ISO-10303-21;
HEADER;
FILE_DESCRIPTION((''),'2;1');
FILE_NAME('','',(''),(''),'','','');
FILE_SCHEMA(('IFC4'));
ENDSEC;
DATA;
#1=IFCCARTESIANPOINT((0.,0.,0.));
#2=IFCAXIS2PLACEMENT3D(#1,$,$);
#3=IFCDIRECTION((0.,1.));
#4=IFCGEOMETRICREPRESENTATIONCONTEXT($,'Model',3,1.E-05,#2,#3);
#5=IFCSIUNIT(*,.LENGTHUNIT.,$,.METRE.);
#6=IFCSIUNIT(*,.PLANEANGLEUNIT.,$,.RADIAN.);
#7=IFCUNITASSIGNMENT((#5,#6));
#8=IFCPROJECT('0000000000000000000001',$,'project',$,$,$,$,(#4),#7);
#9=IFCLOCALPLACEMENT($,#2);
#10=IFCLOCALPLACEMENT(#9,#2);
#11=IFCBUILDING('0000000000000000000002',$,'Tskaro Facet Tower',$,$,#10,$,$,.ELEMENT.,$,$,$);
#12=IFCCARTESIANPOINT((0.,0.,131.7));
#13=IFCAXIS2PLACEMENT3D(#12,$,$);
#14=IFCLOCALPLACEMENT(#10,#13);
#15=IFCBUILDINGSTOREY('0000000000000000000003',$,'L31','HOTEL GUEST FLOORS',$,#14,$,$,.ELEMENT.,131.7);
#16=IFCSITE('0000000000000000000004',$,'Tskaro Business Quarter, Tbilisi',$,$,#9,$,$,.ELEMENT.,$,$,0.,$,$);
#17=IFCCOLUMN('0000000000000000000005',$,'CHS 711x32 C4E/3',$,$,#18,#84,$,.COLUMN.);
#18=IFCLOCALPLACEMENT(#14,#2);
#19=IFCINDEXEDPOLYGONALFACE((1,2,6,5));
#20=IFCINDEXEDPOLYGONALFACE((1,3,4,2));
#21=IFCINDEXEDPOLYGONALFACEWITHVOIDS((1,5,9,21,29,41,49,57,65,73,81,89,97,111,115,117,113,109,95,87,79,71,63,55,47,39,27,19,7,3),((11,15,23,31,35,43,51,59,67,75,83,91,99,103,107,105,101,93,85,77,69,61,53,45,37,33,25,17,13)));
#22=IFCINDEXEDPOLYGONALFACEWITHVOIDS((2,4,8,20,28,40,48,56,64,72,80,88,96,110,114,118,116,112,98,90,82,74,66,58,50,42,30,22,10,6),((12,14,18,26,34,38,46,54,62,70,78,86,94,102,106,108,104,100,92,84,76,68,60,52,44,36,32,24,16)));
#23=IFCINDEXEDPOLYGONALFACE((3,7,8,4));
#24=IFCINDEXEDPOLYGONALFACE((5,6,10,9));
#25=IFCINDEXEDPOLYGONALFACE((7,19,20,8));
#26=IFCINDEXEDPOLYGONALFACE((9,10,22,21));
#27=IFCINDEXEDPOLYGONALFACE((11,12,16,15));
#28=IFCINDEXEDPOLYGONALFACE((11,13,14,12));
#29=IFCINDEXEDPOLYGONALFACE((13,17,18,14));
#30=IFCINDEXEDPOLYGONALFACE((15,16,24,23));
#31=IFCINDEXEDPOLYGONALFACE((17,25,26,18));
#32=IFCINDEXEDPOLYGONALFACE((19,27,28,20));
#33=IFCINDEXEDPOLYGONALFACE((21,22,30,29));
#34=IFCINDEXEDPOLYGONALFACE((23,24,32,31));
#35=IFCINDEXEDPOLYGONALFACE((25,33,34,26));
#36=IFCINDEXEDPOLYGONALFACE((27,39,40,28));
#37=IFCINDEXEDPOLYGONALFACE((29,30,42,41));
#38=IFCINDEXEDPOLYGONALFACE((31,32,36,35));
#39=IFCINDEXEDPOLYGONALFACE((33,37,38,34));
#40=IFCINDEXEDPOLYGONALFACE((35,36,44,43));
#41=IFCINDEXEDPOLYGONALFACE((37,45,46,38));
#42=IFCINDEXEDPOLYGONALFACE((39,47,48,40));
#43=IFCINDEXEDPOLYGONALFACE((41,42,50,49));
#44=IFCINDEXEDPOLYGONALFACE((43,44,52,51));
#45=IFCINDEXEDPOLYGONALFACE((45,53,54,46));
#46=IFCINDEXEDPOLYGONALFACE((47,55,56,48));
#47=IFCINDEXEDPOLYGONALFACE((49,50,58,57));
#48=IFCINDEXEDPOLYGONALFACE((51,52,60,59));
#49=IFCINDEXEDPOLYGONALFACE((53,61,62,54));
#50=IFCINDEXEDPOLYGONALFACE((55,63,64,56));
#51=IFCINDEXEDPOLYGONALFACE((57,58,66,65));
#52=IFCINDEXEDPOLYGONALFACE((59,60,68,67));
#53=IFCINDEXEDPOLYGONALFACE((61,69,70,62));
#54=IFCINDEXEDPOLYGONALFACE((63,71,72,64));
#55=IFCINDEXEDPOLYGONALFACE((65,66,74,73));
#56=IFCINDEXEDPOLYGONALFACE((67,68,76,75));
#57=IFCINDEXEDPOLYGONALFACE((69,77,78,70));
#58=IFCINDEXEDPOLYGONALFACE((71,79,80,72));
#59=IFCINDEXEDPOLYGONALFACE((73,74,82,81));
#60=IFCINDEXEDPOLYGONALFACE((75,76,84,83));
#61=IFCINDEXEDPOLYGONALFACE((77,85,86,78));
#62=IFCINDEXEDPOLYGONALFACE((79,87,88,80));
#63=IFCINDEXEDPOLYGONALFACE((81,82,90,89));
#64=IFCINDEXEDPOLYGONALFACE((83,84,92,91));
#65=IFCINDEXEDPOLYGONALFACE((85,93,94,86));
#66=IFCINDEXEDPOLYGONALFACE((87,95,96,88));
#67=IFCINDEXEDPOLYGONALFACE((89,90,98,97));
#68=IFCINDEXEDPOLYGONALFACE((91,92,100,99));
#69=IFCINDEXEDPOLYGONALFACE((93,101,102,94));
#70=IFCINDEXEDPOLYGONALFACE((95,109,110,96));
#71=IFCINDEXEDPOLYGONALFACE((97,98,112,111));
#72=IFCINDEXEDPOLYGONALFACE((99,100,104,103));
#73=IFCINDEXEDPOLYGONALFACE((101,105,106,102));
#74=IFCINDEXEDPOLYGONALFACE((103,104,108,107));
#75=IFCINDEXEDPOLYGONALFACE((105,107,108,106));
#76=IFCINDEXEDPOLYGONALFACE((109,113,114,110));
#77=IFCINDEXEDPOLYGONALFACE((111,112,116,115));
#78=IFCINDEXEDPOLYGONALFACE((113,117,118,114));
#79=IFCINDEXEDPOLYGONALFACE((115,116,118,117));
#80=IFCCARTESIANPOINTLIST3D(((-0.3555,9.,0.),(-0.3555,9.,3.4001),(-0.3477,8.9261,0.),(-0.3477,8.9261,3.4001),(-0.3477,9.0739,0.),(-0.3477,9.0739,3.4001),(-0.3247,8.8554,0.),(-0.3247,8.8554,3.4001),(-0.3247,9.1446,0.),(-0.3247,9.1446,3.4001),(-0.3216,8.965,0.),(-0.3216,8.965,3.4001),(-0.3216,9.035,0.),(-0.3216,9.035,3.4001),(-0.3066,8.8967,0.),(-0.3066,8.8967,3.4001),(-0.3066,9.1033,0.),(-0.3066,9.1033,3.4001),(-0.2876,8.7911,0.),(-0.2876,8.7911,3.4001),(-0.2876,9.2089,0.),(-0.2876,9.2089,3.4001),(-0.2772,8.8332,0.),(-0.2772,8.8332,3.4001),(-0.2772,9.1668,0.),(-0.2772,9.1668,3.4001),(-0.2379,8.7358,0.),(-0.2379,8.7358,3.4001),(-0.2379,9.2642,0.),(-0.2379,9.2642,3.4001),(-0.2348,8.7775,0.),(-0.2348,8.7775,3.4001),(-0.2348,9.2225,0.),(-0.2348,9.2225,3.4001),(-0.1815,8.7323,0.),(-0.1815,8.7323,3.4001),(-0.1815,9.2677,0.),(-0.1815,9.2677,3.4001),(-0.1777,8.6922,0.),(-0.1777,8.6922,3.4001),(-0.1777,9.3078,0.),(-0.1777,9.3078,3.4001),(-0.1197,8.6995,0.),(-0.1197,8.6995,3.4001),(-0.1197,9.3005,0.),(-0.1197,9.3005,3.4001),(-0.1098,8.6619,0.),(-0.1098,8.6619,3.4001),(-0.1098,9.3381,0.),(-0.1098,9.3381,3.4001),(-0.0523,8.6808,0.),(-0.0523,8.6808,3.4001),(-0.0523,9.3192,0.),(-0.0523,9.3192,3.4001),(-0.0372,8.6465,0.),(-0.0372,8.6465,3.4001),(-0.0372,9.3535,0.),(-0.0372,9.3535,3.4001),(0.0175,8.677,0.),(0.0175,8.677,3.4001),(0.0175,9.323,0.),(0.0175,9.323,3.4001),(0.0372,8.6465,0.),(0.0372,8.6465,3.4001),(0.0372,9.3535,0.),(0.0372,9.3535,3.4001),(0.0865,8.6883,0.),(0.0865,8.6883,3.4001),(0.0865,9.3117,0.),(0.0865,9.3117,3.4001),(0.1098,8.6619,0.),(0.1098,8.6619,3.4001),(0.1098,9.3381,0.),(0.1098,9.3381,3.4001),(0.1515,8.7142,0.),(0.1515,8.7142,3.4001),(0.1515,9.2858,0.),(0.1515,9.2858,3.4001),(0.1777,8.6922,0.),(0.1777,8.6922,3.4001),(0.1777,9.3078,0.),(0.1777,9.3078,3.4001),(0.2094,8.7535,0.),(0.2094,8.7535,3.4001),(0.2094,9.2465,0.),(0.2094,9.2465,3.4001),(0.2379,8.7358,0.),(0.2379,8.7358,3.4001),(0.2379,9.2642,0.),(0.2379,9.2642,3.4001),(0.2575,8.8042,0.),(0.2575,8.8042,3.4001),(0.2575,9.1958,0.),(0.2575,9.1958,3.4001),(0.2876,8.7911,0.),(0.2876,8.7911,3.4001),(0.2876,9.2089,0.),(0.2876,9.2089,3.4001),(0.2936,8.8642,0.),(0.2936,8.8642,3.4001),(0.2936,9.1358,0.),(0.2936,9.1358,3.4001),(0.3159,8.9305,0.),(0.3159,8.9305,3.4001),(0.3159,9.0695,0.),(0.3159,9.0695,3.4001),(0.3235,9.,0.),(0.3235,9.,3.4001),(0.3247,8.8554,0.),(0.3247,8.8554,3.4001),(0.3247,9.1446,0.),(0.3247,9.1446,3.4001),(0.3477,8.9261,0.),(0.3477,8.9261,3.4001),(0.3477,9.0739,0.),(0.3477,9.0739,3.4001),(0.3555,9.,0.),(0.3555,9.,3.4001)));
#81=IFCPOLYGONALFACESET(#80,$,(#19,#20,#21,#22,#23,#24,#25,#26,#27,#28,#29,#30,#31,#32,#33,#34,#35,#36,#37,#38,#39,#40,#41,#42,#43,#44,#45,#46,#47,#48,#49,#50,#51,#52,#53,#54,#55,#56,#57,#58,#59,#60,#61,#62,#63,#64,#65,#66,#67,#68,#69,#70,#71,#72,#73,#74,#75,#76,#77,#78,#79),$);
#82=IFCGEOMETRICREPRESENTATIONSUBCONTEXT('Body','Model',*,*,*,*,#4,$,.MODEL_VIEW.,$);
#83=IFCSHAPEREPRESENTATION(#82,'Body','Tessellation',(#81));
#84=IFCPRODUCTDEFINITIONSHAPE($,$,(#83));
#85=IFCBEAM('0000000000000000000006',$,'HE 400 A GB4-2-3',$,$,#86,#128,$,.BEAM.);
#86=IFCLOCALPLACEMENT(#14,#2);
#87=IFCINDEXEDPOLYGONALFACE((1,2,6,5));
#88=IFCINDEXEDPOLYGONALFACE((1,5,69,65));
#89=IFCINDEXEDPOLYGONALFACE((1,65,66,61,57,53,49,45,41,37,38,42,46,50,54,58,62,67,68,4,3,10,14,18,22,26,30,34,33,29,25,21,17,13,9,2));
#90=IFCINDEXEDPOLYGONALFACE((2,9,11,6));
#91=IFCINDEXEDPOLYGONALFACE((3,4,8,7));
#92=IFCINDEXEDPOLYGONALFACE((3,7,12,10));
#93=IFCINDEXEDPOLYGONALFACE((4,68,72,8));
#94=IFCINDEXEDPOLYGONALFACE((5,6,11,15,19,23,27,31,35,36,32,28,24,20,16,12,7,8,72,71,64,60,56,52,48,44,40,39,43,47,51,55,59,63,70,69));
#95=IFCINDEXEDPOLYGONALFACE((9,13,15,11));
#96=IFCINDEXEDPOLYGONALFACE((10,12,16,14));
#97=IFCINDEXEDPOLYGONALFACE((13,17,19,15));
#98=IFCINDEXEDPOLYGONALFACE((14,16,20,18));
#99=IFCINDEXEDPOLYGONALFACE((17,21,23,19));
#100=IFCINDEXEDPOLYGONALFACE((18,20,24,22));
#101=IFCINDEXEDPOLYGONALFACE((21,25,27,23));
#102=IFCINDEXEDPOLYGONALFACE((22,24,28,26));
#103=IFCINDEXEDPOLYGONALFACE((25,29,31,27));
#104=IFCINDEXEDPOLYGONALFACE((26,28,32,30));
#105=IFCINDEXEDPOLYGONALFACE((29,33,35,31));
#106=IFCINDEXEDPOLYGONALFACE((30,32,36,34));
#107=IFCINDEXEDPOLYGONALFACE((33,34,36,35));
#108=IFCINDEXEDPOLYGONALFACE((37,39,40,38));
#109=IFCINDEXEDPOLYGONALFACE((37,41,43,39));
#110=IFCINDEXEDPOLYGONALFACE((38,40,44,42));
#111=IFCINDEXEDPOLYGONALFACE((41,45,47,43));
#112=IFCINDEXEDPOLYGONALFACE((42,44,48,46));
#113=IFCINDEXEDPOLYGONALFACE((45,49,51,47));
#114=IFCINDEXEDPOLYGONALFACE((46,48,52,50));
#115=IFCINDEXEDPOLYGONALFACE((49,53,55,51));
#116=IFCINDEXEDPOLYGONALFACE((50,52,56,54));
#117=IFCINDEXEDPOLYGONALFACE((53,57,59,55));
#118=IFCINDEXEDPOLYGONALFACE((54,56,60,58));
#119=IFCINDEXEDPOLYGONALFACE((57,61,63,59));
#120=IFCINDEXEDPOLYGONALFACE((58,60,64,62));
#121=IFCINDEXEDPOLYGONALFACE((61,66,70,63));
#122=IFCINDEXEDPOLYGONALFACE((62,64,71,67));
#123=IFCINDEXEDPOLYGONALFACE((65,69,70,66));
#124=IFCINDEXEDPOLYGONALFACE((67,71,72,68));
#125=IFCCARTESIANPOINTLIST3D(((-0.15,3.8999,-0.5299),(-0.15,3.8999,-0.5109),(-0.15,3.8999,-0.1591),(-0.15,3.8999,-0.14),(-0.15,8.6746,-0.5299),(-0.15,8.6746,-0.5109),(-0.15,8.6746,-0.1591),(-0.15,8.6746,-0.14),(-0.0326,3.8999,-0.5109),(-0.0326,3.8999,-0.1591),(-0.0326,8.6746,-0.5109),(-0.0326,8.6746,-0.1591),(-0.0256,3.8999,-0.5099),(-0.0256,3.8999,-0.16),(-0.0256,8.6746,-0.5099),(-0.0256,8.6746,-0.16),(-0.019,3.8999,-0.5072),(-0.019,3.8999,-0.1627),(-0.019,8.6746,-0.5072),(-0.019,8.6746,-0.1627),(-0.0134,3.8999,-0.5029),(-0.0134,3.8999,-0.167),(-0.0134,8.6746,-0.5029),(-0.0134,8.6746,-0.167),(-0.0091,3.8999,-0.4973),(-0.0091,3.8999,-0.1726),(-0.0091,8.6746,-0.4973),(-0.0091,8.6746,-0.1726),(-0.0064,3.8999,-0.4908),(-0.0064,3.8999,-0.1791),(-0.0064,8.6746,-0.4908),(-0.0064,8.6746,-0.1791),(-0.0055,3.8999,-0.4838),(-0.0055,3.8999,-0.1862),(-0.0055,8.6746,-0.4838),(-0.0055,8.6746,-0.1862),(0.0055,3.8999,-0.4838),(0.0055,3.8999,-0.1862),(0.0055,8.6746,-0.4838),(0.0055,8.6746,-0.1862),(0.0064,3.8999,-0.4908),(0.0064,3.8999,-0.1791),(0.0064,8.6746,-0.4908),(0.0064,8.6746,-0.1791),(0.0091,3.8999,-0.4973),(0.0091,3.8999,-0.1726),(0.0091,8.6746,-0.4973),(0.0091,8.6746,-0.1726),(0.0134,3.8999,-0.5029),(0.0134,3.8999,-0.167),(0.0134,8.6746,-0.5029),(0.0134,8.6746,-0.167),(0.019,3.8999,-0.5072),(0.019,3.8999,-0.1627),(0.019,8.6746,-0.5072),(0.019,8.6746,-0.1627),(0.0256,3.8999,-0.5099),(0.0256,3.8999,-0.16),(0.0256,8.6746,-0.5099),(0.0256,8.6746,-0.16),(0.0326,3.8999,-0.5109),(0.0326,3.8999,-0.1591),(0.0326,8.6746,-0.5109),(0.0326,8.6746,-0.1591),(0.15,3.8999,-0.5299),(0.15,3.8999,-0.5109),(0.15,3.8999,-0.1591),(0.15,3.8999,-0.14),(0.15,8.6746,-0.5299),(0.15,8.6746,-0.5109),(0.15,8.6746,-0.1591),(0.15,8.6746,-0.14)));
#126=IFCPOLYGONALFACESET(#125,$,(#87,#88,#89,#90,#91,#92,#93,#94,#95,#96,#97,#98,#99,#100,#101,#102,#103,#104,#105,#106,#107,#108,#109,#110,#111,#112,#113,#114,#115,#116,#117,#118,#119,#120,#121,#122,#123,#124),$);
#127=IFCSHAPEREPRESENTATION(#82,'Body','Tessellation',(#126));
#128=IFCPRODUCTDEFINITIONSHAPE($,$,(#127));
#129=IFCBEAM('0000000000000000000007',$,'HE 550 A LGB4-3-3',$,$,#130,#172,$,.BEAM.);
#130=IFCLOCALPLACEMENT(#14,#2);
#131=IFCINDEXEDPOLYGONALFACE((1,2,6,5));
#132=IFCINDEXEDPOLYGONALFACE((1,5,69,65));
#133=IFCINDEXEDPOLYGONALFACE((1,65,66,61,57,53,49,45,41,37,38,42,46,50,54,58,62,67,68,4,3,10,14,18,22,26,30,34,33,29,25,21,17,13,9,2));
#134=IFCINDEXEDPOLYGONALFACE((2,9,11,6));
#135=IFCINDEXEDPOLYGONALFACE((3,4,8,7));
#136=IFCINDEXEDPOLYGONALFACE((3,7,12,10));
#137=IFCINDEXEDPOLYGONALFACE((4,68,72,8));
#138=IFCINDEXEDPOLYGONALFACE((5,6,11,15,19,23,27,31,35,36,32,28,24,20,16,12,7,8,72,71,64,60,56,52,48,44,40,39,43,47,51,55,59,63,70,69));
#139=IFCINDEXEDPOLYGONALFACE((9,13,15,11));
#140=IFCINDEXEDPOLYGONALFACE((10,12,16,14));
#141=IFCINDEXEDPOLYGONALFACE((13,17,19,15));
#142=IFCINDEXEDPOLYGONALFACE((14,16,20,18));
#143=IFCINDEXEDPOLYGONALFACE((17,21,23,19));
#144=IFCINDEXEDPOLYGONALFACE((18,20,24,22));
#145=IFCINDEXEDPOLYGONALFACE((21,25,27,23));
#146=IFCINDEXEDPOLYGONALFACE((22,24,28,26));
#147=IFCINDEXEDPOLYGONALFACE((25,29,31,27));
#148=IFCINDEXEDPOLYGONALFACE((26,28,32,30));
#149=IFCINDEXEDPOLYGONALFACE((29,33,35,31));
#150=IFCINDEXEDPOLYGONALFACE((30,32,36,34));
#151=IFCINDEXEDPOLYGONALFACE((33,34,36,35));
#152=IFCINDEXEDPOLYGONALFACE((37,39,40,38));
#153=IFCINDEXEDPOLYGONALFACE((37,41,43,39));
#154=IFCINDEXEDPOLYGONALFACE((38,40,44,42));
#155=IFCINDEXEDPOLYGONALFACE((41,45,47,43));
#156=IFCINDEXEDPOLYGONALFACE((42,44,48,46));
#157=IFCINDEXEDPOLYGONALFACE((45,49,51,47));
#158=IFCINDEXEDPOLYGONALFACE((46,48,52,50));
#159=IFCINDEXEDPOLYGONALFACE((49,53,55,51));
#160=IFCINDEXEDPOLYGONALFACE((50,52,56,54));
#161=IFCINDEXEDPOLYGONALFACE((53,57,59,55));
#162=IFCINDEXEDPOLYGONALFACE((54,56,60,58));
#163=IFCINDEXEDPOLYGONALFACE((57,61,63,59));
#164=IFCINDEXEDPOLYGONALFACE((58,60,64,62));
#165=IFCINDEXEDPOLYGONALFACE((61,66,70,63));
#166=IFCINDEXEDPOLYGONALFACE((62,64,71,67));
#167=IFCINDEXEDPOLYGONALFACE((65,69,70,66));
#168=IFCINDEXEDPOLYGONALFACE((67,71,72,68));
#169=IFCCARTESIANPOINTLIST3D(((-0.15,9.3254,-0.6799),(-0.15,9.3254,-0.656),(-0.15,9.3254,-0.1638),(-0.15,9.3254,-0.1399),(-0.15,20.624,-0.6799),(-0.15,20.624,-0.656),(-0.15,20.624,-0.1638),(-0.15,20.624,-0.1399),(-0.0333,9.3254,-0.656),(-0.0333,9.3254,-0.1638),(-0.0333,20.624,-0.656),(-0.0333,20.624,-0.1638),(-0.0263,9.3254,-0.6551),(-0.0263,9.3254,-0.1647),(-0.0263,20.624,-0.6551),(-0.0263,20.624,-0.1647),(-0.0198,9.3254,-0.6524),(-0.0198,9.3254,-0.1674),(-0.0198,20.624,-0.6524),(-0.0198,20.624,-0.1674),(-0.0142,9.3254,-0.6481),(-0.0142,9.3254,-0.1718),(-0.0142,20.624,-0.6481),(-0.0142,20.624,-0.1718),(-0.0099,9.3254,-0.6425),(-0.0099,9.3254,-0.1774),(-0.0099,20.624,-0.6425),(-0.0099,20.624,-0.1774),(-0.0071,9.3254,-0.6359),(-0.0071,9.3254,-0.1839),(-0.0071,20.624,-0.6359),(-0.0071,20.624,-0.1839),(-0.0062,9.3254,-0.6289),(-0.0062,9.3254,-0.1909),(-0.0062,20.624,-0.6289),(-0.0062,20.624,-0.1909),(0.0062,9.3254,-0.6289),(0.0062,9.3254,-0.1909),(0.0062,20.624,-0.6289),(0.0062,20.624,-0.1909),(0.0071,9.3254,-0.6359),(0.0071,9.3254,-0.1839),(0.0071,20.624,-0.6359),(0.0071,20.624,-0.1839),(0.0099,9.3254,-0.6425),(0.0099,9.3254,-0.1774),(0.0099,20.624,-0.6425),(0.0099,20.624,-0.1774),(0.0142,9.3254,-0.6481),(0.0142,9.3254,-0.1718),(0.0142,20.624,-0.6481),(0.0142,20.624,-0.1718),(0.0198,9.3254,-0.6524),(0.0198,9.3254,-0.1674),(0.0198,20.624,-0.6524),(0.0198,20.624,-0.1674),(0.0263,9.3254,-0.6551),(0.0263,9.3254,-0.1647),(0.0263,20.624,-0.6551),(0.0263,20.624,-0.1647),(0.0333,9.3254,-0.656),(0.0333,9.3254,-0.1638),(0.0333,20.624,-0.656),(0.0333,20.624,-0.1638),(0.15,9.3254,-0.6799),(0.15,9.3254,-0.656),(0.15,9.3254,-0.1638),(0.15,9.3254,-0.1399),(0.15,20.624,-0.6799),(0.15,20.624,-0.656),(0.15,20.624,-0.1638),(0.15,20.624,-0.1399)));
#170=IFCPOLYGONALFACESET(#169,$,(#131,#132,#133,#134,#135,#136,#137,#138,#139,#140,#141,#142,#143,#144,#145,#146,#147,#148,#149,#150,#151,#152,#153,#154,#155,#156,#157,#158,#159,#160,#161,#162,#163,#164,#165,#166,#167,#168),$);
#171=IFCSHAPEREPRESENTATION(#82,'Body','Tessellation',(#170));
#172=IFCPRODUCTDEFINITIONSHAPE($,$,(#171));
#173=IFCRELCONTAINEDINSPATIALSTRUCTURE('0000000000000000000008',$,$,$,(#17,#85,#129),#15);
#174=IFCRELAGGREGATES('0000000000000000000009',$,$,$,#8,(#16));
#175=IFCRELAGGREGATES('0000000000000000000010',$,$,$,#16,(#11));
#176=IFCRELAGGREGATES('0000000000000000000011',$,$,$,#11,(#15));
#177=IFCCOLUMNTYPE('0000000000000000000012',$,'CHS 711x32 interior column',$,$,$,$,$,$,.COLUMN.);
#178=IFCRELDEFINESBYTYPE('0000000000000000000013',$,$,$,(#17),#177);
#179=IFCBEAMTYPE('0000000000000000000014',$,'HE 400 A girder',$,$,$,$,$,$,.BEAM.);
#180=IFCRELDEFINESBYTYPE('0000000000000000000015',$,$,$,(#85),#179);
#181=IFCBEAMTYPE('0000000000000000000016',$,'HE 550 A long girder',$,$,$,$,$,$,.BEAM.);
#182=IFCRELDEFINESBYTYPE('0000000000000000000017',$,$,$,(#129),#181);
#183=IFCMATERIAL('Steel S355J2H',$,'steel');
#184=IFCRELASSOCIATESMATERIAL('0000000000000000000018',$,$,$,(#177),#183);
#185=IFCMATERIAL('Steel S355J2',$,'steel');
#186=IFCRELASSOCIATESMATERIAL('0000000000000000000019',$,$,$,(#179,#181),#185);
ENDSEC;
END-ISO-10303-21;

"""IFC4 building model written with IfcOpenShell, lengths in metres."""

from ifc_helpers import new_model, si_unit, direction, frame, origin, origin_2d, place, context, subcontext, project, spatial, hollow_circle, i_section, extrude, material, material_profile, profile_set, type_object, element, save


model = new_model("IFC4")

# Units and contexts
model_context = context("Model", 3, precision=1e-05, world=origin(), true_north=direction((0.0, 1.0)))
body_context = subcontext(model_context, "Body", "Model", "MODEL_VIEW")
ifc_project = project(units=[si_unit("LENGTHUNIT", "METRE"), si_unit("PLANEANGLEUNIT", "RADIAN")], contexts=[model_context])

# Site, building, storey
site_placement = place(None, origin())
site = spatial("IfcSite", under=ifc_project, at=site_placement, Name="Tskaro Business Quarter, Tbilisi", CompositionType="ELEMENT", RefElevation=0.0)
building_placement = place(site_placement, origin())
building = spatial("IfcBuilding", under=site, at=building_placement, Name="Tskaro Facet Tower", CompositionType="ELEMENT")
storey_placement = place(building_placement, frame((0.0, 0.0, 131.7)))
storey = spatial("IfcBuildingStorey", under=building, at=storey_placement, Name="L31", Description="HOTEL GUEST FLOORS", CompositionType="ELEMENT", Elevation=131.7)

# Column
ifc_material_1 = material(Name="Steel S355J2H", Category="steel")
ifc_material_profile_1 = material_profile(ifc_material_1, hollow_circle(Radius=0.3555, WallThickness=0.032, at=origin_2d()), Name="CHS 711x32")
ifc_profile_set_1 = profile_set([ifc_material_profile_1], Name="Steel S355J2H")
column_type = type_object("IfcColumnType", Name="CHS 711x32 interior column", PredefinedType="COLUMN", material=ifc_profile_set_1)
column_placement = place(storey_placement, frame((0.0, 9.0, 0.0), z_axis=(0.0, 0.0, 1.0), x_axis=(1.0, 0.0, 0.0)))
element("IfcColumn", 1, at=column_placement, inside=storey, type_object=column_type, Name="CHS 711x32 C4E/3", PredefinedType="COLUMN", context=body_context, shape_type="SweptSolid", body=[
    extrude(hollow_circle(Radius=0.3555, WallThickness=0.032, at=origin_2d()), origin(), (0.0, 0.0, 1.0), 3.4001),
])

# Beams
ifc_material_2 = material(Name="Steel S355J2", Category="steel")
ifc_material_profile_2 = material_profile(ifc_material_2, i_section(OverallWidth=0.3, OverallDepth=0.3899, WebThickness=0.011, FlangeThickness=0.019, FilletRadius=0.0271, at=origin_2d()), Name="HE 400 A")
ifc_profile_set_2 = profile_set([ifc_material_profile_2], Name="Steel S355J2")
beam_type_1 = type_object("IfcBeamType", Name="HE 400 A girder", PredefinedType="BEAM", material=ifc_profile_set_2)
beam_1_placement = place(storey_placement, frame((0.0, 3.8999, -0.335), z_axis=(0.0, 1.0, 0.0), x_axis=(-1.0, 0.0, 0.0)))
element("IfcBeam", 2, at=beam_1_placement, inside=storey, type_object=beam_type_1, Name="HE 400 A GB4-2-3", PredefinedType="BEAM", context=body_context, shape_type="SweptSolid", body=[
    extrude(i_section(OverallWidth=0.3, OverallDepth=0.3899, WebThickness=0.011, FlangeThickness=0.019, FilletRadius=0.0271, at=origin_2d()), origin(), (0.0, 0.0, 1.0), 4.7747),
])
ifc_material_profile_3 = material_profile(ifc_material_2, i_section(OverallWidth=0.3, OverallDepth=0.54, WebThickness=0.0125, FlangeThickness=0.0239, FilletRadius=0.0271, at=origin_2d()), Name="HE 550 A")
ifc_profile_set_3 = profile_set([ifc_material_profile_3], Name="Steel S355J2")
beam_type_2 = type_object("IfcBeamType", Name="HE 550 A long girder", PredefinedType="BEAM", material=ifc_profile_set_3)
beam_2_placement = place(storey_placement, frame((0.0, 9.3254, -0.4099), z_axis=(0.0, 1.0, 0.0), x_axis=(-1.0, 0.0, 0.0)))
element("IfcBeam", 3, at=beam_2_placement, inside=storey, type_object=beam_type_2, Name="HE 550 A LGB4-3-3", PredefinedType="BEAM", context=body_context, shape_type="SweptSolid", body=[
    extrude(i_section(OverallWidth=0.3, OverallDepth=0.54, WebThickness=0.0125, FlangeThickness=0.0239, FilletRadius=0.0271, at=origin_2d()), origin(), (0.0, 0.0, 1.0), 11.2986),
])

save(model, "model.ifc")
